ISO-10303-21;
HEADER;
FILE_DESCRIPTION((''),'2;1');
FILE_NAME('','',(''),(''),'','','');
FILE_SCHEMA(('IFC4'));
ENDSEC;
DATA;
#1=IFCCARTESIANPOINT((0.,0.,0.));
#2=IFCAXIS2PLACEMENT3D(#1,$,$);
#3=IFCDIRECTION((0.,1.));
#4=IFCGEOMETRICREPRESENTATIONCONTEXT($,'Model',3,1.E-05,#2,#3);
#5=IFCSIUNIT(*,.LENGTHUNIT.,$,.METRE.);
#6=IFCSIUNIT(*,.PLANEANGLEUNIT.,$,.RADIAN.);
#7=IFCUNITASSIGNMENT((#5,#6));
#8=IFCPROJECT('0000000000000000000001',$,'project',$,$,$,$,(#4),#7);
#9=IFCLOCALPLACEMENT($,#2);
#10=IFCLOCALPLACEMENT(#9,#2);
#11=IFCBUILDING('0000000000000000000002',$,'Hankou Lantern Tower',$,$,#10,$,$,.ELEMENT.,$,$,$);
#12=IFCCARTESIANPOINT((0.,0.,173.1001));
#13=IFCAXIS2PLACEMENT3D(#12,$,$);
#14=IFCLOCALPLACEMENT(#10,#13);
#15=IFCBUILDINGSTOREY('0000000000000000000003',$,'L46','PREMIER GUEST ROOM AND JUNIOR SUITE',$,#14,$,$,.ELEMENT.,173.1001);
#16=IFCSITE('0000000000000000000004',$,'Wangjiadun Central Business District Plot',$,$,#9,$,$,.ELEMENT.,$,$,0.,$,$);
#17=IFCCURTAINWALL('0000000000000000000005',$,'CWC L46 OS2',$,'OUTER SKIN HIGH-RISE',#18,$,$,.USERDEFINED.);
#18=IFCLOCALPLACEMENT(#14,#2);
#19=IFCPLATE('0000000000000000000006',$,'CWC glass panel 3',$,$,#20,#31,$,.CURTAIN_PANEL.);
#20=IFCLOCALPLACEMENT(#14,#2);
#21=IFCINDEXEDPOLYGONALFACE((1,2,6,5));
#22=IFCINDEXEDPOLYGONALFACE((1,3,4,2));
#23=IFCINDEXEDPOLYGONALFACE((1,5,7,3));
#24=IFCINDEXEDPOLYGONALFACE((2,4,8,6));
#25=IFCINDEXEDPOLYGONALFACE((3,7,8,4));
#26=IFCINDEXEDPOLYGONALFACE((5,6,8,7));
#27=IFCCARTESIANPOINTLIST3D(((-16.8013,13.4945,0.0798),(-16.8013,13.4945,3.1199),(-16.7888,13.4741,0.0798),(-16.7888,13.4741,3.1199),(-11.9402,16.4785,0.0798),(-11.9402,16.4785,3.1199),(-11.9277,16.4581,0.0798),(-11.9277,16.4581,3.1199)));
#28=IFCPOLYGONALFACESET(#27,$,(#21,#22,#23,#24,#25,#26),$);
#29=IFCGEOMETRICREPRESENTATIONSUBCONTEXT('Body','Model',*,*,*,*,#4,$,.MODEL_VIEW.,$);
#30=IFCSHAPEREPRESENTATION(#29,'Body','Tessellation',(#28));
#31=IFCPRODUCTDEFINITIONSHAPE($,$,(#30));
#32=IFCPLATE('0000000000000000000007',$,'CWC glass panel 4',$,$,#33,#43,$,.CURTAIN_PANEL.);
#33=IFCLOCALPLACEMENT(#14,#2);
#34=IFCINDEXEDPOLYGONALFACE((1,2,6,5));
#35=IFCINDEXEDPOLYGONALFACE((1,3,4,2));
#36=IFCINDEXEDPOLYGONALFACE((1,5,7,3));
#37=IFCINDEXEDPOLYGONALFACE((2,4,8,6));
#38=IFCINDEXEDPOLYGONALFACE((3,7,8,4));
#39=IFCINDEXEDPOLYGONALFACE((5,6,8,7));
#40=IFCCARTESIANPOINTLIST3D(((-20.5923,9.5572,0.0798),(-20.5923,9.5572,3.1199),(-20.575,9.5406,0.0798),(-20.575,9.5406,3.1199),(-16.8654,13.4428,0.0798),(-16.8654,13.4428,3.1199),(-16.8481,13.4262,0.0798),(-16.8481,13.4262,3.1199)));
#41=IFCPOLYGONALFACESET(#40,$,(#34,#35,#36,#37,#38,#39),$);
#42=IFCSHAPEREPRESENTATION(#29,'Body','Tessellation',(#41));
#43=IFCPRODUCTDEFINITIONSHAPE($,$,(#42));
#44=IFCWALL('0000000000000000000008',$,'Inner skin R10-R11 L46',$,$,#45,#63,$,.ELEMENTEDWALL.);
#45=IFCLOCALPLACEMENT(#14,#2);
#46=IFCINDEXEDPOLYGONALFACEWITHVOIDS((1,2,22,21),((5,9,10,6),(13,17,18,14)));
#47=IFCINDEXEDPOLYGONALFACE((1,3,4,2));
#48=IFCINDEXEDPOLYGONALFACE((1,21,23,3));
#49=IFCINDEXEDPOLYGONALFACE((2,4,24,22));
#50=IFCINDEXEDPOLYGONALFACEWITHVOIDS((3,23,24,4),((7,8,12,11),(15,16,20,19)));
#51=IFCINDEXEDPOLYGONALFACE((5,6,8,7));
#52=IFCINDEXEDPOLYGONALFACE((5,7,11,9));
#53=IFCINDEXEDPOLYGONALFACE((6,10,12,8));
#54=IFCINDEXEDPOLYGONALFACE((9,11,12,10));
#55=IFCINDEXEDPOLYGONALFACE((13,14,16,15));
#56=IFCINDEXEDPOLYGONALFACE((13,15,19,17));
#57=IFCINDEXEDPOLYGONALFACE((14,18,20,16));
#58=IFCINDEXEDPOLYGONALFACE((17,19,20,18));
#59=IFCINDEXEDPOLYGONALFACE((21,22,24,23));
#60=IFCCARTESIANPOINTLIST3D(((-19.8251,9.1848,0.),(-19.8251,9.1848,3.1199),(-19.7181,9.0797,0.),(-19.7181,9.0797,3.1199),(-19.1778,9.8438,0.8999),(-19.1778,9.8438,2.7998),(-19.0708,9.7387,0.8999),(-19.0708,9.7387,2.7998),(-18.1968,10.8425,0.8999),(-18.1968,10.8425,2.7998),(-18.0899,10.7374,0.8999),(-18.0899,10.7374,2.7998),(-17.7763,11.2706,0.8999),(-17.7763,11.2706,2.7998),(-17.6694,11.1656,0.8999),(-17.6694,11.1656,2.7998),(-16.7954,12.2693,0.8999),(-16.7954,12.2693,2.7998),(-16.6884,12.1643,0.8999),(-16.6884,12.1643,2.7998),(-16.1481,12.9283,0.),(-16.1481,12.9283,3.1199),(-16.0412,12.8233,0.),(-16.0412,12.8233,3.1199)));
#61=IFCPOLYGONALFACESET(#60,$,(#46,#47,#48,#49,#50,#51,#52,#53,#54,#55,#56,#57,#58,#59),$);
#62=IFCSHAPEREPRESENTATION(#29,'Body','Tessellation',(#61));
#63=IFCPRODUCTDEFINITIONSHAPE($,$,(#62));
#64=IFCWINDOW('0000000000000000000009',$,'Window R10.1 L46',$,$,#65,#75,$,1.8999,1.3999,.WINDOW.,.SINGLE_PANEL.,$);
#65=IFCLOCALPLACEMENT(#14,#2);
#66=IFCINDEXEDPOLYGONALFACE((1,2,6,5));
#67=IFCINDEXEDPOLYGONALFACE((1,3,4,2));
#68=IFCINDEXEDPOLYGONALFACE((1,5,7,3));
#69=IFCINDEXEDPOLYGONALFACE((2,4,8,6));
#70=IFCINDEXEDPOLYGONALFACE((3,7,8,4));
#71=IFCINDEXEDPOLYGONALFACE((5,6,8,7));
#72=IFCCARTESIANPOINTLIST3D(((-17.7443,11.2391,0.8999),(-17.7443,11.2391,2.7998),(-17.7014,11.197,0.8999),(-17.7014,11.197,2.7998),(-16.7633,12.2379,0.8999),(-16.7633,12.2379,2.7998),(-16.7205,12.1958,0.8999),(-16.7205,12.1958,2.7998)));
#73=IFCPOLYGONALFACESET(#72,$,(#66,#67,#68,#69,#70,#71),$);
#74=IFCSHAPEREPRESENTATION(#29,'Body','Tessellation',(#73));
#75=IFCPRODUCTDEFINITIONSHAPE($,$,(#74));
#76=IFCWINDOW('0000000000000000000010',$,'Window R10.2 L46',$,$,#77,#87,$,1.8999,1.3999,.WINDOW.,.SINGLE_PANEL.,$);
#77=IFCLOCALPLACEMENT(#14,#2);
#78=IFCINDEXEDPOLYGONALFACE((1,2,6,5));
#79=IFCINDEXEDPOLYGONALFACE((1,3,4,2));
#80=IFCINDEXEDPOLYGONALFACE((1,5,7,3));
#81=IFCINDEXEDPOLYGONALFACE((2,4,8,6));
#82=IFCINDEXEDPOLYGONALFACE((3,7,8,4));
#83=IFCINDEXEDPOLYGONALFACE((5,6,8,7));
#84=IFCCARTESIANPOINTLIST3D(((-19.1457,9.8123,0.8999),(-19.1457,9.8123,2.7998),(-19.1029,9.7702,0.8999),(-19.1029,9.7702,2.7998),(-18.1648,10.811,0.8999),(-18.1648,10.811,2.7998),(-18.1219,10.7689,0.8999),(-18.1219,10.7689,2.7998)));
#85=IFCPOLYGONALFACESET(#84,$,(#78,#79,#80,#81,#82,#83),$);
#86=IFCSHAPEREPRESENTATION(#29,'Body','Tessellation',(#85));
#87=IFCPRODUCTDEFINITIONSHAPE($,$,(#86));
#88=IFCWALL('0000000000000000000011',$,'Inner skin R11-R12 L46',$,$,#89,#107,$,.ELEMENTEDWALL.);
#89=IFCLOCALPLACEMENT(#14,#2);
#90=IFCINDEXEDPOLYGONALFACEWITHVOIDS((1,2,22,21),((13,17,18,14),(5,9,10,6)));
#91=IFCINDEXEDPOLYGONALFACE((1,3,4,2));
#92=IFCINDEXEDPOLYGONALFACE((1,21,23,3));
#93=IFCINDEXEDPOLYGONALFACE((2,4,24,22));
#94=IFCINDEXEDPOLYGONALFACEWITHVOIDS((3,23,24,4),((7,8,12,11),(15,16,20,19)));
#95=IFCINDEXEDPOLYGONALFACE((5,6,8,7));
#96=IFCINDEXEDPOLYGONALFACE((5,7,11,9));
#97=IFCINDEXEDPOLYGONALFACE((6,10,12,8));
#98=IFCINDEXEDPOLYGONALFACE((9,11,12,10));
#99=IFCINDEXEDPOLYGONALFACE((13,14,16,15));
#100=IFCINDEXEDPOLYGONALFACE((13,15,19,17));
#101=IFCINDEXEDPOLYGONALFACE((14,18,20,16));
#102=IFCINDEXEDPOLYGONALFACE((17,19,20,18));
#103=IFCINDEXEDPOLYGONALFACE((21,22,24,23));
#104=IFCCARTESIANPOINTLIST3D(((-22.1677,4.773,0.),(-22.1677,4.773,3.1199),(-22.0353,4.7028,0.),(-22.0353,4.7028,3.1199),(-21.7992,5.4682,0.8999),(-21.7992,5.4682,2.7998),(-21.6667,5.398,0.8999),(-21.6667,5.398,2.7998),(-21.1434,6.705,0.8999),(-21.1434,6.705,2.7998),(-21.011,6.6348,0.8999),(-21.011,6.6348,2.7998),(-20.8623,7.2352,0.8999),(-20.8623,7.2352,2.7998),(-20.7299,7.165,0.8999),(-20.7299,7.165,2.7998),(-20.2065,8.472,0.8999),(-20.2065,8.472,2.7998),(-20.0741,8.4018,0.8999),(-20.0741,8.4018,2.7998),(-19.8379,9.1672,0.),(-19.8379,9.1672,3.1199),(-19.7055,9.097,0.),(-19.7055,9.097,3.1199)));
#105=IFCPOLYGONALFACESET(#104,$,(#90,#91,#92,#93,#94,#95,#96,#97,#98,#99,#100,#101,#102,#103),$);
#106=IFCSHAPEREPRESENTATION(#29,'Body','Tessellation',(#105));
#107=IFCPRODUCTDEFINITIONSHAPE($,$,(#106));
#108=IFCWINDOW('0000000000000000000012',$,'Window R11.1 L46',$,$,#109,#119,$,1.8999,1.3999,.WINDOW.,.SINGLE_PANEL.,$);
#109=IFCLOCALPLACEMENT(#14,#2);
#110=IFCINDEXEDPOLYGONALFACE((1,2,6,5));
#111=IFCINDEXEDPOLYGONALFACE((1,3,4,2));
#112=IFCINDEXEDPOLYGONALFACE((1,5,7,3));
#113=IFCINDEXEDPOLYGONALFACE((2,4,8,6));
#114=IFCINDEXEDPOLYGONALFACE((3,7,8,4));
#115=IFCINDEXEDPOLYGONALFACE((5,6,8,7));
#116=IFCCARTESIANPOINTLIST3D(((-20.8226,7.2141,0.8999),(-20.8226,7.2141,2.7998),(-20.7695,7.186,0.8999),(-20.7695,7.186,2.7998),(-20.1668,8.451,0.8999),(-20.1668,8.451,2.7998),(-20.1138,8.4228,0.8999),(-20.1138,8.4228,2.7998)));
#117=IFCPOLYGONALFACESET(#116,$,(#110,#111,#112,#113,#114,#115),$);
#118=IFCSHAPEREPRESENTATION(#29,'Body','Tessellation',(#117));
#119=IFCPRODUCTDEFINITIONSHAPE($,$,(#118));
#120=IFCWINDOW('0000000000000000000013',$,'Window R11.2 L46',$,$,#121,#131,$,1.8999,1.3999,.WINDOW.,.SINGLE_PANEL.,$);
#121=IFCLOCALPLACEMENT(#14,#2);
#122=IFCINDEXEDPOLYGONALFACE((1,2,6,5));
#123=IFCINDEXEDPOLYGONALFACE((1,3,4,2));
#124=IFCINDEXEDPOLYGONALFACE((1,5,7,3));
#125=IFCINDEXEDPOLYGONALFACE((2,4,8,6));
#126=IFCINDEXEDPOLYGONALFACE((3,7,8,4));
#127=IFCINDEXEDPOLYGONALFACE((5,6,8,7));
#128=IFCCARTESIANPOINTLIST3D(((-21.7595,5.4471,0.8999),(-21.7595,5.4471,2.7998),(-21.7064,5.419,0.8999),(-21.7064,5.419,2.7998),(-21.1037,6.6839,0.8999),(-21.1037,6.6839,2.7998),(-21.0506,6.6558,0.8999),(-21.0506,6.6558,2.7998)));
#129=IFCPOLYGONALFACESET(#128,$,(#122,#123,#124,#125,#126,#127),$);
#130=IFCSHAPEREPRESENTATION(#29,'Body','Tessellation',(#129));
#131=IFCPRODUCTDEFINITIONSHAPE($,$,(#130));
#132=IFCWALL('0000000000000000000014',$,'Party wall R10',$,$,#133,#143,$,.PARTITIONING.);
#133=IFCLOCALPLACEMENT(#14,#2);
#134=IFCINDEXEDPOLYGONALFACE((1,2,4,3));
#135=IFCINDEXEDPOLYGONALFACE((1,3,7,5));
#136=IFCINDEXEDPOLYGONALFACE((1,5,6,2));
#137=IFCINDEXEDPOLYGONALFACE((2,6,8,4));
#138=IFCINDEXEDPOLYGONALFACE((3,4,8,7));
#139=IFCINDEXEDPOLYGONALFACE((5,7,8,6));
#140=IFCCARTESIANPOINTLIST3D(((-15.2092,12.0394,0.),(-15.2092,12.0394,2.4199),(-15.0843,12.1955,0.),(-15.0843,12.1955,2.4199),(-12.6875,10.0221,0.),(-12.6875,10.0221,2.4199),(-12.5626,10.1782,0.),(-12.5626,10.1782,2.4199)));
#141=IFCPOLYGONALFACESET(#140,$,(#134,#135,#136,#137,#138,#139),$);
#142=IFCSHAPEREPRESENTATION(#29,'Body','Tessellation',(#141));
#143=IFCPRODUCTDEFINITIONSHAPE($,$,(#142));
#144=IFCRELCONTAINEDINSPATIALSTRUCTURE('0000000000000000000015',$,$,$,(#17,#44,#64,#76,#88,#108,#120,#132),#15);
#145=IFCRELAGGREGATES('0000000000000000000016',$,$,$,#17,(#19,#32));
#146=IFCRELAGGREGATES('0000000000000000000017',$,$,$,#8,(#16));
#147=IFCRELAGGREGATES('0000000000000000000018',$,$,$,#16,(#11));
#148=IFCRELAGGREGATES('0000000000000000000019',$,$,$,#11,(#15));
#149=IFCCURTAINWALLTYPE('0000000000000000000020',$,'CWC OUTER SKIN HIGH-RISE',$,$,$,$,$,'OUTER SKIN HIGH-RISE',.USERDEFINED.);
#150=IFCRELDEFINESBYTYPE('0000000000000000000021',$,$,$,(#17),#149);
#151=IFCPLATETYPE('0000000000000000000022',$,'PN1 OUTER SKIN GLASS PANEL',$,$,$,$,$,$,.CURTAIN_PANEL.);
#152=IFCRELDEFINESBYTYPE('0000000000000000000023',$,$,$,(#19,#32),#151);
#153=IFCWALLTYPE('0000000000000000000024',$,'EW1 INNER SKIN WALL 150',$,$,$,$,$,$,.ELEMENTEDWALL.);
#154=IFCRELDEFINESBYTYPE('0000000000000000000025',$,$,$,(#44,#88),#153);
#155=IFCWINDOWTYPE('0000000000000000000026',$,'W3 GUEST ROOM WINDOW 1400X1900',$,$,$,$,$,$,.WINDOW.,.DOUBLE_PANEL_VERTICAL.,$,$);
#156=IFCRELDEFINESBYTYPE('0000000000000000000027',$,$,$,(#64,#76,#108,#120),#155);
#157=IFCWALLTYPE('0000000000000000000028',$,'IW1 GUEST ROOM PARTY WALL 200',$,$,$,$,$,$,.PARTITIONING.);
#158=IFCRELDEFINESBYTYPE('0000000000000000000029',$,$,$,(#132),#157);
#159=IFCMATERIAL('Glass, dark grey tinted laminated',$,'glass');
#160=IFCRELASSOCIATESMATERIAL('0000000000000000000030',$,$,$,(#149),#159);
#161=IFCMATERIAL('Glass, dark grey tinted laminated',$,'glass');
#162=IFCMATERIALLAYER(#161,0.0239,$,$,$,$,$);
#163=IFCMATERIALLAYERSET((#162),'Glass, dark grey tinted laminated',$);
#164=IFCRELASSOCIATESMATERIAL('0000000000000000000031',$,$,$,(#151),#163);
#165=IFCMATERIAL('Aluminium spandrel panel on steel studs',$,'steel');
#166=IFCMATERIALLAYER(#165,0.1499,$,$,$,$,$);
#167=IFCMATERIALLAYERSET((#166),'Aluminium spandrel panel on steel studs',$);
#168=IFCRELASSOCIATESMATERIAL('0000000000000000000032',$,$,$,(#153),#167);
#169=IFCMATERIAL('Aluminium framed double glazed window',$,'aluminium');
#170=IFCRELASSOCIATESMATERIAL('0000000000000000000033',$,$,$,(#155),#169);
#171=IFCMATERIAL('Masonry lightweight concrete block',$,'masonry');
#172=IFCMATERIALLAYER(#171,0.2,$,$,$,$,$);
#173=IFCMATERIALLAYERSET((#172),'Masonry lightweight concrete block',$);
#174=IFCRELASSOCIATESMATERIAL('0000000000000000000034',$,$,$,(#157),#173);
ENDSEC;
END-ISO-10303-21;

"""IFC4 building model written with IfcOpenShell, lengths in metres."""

from ifc_helpers import new_model, si_unit, direction, frame, frame_2d, origin, origin_2d, place, context, subcontext, project, spatial, rectangle, extrude, material, layer, layer_set, type_object, element, fill, aggregate, save


model = new_model("IFC4")

# Units and contexts
model_context = context("Model", 3, precision=1e-05, world=origin(), true_north=direction((0.0, 1.0)))
body_context = subcontext(model_context, "Body", "Model", "MODEL_VIEW")
ifc_project = project(units=[si_unit("LENGTHUNIT", "METRE"), si_unit("PLANEANGLEUNIT", "RADIAN")], contexts=[model_context])

# Site, building, storey
site_placement = place(None, origin())
site = spatial("IfcSite", under=ifc_project, at=site_placement, Name="Wangjiadun Central Business District Plot", CompositionType="ELEMENT", RefElevation=0.0)
building_placement = place(site_placement, origin())
building = spatial("IfcBuilding", under=site, at=building_placement, Name="Hankou Lantern Tower", CompositionType="ELEMENT")
storey_placement = place(building_placement, frame((0.0, 0.0, 173.1001)))
storey = spatial("IfcBuildingStorey", under=building, at=storey_placement, Name="L46", Description="PREMIER GUEST ROOM AND JUNIOR SUITE", CompositionType="ELEMENT", Elevation=173.1001)

# Curtain wall
ifc_material_1 = material(Name="Glass, dark grey tinted laminated", Category="glass")
curtain_wall_type = type_object("IfcCurtainWallType", Name="CWC OUTER SKIN HIGH-RISE", ElementType="OUTER SKIN HIGH-RISE", PredefinedType="USERDEFINED", material=ifc_material_1)
curtain_wall_placement = place(storey_placement, origin())
curtain_wall = element("IfcCurtainWall", 1, at=curtain_wall_placement, inside=storey, type_object=curtain_wall_type, Name="CWC L46 OS2", ObjectType="OUTER SKIN HIGH-RISE", PredefinedType="USERDEFINED")

# Plates
ifc_material_2 = material(Name="Glass, dark grey tinted laminated", Category="glass")
ifc_layer_1 = layer(ifc_material_2, 0.0239)
ifc_layer_set_1 = layer_set([ifc_layer_1], Name="Glass, dark grey tinted laminated")
plate_type = type_object("IfcPlateType", Name="PN1 OUTER SKIN GLASS PANEL", PredefinedType="CURTAIN_PANEL", material=ifc_layer_set_1)
plate_1_placement = place(storey_placement, frame((-14.3645, 14.9763, 0.0798), z_axis=(0.0, 0.0, 1.0), x_axis=(-0.852237, -0.523156, 0.0)))
plate_1 = element("IfcPlate", 2, at=plate_1_placement, type_object=plate_type, Name="CWC glass panel 3", PredefinedType="CURTAIN_PANEL", context=body_context, shape_type="SweptSolid", body=[
    extrude(rectangle(XDim=5.7039, YDim=0.0239, at=origin_2d()), origin(), (0.0, 0.0, 1.0), 3.04),
])
plate_2_placement = place(storey_placement, frame((-18.7202, 11.4917, 0.0798), z_axis=(0.0, 0.0, 1.0), x_axis=(-0.692216, -0.721691, 0.0)))
plate_2 = element("IfcPlate", 3, at=plate_2_placement, type_object=plate_type, Name="CWC glass panel 4", PredefinedType="CURTAIN_PANEL", context=body_context, shape_type="SweptSolid", body=[
    extrude(rectangle(XDim=5.384, YDim=0.0239, at=origin_2d()), origin(), (0.0, 0.0, 1.0), 3.04),
])
aggregate(curtain_wall, [plate_1, plate_2])

# Walls, openings, windows
ifc_material_3 = material(Name="Aluminium spandrel panel on steel studs", Category="steel")
ifc_layer_2 = layer(ifc_material_3, 0.1499)
ifc_layer_set_2 = layer_set([ifc_layer_2], Name="Aluminium spandrel panel on steel studs")
wall_type_1 = type_object("IfcWallType", Name="EW1 INNER SKIN WALL 150", PredefinedType="ELEMENTEDWALL", material=ifc_layer_set_2)
wall_1_placement = place(storey_placement, frame((-16.0947, 12.8757, 0.0), z_axis=(0.0, 0.0, 1.0), x_axis=(-0.700727, -0.713429, 0.0)))
wall_1 = element("IfcWall", 4, at=wall_1_placement, inside=storey, type_object=wall_type_1, Name="Inner skin R10-R11 L46", PredefinedType="ELEMENTEDWALL", context=body_context, shape_type="SweptSolid", body=[
    extrude(rectangle(XDim=5.2473, YDim=0.1499, at=frame_2d((2.6235, 0.0))), origin(), (0.0, 0.0, 1.0), 3.1199),
])
opening_1_placement = place(wall_1_placement, frame((0.9236, 0.0, 0.8999)))
opening_1 = element("IfcOpeningElement", 5, at=opening_1_placement, cuts=wall_1, PredefinedType="OPENING", context=body_context, shape_type="SweptSolid", body=[
    extrude(rectangle(XDim=1.3999, YDim=1.8999, at=frame_2d((0.7, 0.95))), frame((0.0, 0.085, 0.0), z_axis=(0.0, -1.0, 0.0), x_axis=(1.0, 0.0, 0.0)), (0.0, 0.0, 1.0), 0.1699),
])
opening_2_placement = place(wall_1_placement, frame((2.9236, 0.0, 0.8999)))
opening_2 = element("IfcOpeningElement", 6, at=opening_2_placement, cuts=wall_1, PredefinedType="OPENING", context=body_context, shape_type="SweptSolid", body=[
    extrude(rectangle(XDim=1.3999, YDim=1.8999, at=frame_2d((0.7, 0.95))), frame((0.0, 0.085, 0.0), z_axis=(0.0, -1.0, 0.0), x_axis=(1.0, 0.0, 0.0)), (0.0, 0.0, 1.0), 0.1699),
])
ifc_material_4 = material(Name="Aluminium framed double glazed window", Category="aluminium")
window_type = type_object("IfcWindowType", Name="W3 GUEST ROOM WINDOW 1400X1900", PartitioningType="DOUBLE_PANEL_VERTICAL", PredefinedType="WINDOW", material=ifc_material_4)
window_1_placement = place(opening_1_placement, origin())
window_1 = element("IfcWindow", 7, at=window_1_placement, inside=storey, type_object=window_type, Name="Window R10.1 L46", OverallHeight=1.8999, OverallWidth=1.3999, PartitioningType="SINGLE_PANEL", PredefinedType="WINDOW", context=body_context, shape_type="SweptSolid", body=[
    extrude(rectangle(XDim=1.3999, YDim=1.8999, at=frame_2d((0.7, 0.95))), frame((0.0, 0.03, 0.0), z_axis=(0.0, -1.0, 0.0), x_axis=(1.0, 0.0, 0.0)), (0.0, 0.0, 1.0), 0.0601),
])
fill(opening_1, window_1)
window_2_placement = place(opening_2_placement, origin())
window_2 = element("IfcWindow", 8, at=window_2_placement, inside=storey, type_object=window_type, Name="Window R10.2 L46", OverallHeight=1.8999, OverallWidth=1.3999, PartitioningType="SINGLE_PANEL", PredefinedType="WINDOW", context=body_context, shape_type="SweptSolid", body=[
    extrude(rectangle(XDim=1.3999, YDim=1.8999, at=frame_2d((0.7, 0.95))), frame((0.0, 0.03, 0.0), z_axis=(0.0, -1.0, 0.0), x_axis=(1.0, 0.0, 0.0)), (0.0, 0.0, 1.0), 0.0601),
])
fill(opening_2, window_2)
wall_2_placement = place(storey_placement, frame((-19.7717, 9.1321, 0.0), z_axis=(0.0, 0.0, 1.0), x_axis=(-0.468429, -0.883501, 0.0)))
wall_2 = element("IfcWall", 9, at=wall_2_placement, inside=storey, type_object=wall_type_1, Name="Inner skin R11-R12 L46", PredefinedType="ELEMENTEDWALL", context=body_context, shape_type="SweptSolid", body=[
    extrude(rectangle(XDim=4.9736, YDim=0.1499, at=frame_2d((2.4868, 0.0))), origin(), (0.0, 0.0, 1.0), 3.1199),
])
opening_3_placement = place(wall_2_placement, frame((0.7869, 0.0, 0.8999)))
opening_3 = element("IfcOpeningElement", 10, at=opening_3_placement, cuts=wall_2, PredefinedType="OPENING", context=body_context, shape_type="SweptSolid", body=[
    extrude(rectangle(XDim=1.3999, YDim=1.8999, at=frame_2d((0.7, 0.95))), frame((0.0, 0.085, 0.0), z_axis=(0.0, -1.0, 0.0), x_axis=(1.0, 0.0, 0.0)), (0.0, 0.0, 1.0), 0.1699),
])
opening_4_placement = place(wall_2_placement, frame((2.7869, 0.0, 0.8999)))
opening_4 = element("IfcOpeningElement", 11, at=opening_4_placement, cuts=wall_2, PredefinedType="OPENING", context=body_context, shape_type="SweptSolid", body=[
    extrude(rectangle(XDim=1.3999, YDim=1.8999, at=frame_2d((0.7, 0.95))), frame((0.0, 0.085, 0.0), z_axis=(0.0, -1.0, 0.0), x_axis=(1.0, 0.0, 0.0)), (0.0, 0.0, 1.0), 0.1699),
])
window_3_placement = place(opening_3_placement, origin())
window_3 = element("IfcWindow", 12, at=window_3_placement, inside=storey, type_object=window_type, Name="Window R11.1 L46", OverallHeight=1.8999, OverallWidth=1.3999, PartitioningType="SINGLE_PANEL", PredefinedType="WINDOW", context=body_context, shape_type="SweptSolid", body=[
    extrude(rectangle(XDim=1.3999, YDim=1.8999, at=frame_2d((0.7, 0.95))), frame((0.0, 0.03, 0.0), z_axis=(0.0, -1.0, 0.0), x_axis=(1.0, 0.0, 0.0)), (0.0, 0.0, 1.0), 0.0601),
])
fill(opening_3, window_3)
window_4_placement = place(opening_4_placement, origin())
window_4 = element("IfcWindow", 13, at=window_4_placement, inside=storey, type_object=window_type, Name="Window R11.2 L46", OverallHeight=1.8999, OverallWidth=1.3999, PartitioningType="SINGLE_PANEL", PredefinedType="WINDOW", context=body_context, shape_type="SweptSolid", body=[
    extrude(rectangle(XDim=1.3999, YDim=1.8999, at=frame_2d((0.7, 0.95))), frame((0.0, 0.03, 0.0), z_axis=(0.0, -1.0, 0.0), x_axis=(1.0, 0.0, 0.0)), (0.0, 0.0, 1.0), 0.0601),
])
fill(opening_4, window_4)

# Wall
ifc_material_5 = material(Name="Masonry lightweight concrete block", Category="masonry")
ifc_layer_3 = layer(ifc_material_5, 0.2)
ifc_layer_set_3 = layer_set([ifc_layer_3], Name="Masonry lightweight concrete block")
wall_type_2 = type_object("IfcWallType", Name="IW1 GUEST ROOM PARTY WALL 200", PredefinedType="PARTITIONING", material=ifc_layer_set_3)
wall_3_placement = place(storey_placement, frame((-12.625, 10.1001, 0.0), z_axis=(0.0, 0.0, 1.0), x_axis=(-0.780876, 0.624686, 0.0)))
element("IfcWall", 14, at=wall_3_placement, inside=storey, type_object=wall_type_2, Name="Party wall R10", PredefinedType="PARTITIONING", context=body_context, shape_type="SweptSolid", body=[
    extrude(rectangle(XDim=3.2292, YDim=0.2, at=frame_2d((1.6147, 0.0))), origin(), (0.0, 0.0, 1.0), 2.4199),
])

save(model, "model.ifc")
